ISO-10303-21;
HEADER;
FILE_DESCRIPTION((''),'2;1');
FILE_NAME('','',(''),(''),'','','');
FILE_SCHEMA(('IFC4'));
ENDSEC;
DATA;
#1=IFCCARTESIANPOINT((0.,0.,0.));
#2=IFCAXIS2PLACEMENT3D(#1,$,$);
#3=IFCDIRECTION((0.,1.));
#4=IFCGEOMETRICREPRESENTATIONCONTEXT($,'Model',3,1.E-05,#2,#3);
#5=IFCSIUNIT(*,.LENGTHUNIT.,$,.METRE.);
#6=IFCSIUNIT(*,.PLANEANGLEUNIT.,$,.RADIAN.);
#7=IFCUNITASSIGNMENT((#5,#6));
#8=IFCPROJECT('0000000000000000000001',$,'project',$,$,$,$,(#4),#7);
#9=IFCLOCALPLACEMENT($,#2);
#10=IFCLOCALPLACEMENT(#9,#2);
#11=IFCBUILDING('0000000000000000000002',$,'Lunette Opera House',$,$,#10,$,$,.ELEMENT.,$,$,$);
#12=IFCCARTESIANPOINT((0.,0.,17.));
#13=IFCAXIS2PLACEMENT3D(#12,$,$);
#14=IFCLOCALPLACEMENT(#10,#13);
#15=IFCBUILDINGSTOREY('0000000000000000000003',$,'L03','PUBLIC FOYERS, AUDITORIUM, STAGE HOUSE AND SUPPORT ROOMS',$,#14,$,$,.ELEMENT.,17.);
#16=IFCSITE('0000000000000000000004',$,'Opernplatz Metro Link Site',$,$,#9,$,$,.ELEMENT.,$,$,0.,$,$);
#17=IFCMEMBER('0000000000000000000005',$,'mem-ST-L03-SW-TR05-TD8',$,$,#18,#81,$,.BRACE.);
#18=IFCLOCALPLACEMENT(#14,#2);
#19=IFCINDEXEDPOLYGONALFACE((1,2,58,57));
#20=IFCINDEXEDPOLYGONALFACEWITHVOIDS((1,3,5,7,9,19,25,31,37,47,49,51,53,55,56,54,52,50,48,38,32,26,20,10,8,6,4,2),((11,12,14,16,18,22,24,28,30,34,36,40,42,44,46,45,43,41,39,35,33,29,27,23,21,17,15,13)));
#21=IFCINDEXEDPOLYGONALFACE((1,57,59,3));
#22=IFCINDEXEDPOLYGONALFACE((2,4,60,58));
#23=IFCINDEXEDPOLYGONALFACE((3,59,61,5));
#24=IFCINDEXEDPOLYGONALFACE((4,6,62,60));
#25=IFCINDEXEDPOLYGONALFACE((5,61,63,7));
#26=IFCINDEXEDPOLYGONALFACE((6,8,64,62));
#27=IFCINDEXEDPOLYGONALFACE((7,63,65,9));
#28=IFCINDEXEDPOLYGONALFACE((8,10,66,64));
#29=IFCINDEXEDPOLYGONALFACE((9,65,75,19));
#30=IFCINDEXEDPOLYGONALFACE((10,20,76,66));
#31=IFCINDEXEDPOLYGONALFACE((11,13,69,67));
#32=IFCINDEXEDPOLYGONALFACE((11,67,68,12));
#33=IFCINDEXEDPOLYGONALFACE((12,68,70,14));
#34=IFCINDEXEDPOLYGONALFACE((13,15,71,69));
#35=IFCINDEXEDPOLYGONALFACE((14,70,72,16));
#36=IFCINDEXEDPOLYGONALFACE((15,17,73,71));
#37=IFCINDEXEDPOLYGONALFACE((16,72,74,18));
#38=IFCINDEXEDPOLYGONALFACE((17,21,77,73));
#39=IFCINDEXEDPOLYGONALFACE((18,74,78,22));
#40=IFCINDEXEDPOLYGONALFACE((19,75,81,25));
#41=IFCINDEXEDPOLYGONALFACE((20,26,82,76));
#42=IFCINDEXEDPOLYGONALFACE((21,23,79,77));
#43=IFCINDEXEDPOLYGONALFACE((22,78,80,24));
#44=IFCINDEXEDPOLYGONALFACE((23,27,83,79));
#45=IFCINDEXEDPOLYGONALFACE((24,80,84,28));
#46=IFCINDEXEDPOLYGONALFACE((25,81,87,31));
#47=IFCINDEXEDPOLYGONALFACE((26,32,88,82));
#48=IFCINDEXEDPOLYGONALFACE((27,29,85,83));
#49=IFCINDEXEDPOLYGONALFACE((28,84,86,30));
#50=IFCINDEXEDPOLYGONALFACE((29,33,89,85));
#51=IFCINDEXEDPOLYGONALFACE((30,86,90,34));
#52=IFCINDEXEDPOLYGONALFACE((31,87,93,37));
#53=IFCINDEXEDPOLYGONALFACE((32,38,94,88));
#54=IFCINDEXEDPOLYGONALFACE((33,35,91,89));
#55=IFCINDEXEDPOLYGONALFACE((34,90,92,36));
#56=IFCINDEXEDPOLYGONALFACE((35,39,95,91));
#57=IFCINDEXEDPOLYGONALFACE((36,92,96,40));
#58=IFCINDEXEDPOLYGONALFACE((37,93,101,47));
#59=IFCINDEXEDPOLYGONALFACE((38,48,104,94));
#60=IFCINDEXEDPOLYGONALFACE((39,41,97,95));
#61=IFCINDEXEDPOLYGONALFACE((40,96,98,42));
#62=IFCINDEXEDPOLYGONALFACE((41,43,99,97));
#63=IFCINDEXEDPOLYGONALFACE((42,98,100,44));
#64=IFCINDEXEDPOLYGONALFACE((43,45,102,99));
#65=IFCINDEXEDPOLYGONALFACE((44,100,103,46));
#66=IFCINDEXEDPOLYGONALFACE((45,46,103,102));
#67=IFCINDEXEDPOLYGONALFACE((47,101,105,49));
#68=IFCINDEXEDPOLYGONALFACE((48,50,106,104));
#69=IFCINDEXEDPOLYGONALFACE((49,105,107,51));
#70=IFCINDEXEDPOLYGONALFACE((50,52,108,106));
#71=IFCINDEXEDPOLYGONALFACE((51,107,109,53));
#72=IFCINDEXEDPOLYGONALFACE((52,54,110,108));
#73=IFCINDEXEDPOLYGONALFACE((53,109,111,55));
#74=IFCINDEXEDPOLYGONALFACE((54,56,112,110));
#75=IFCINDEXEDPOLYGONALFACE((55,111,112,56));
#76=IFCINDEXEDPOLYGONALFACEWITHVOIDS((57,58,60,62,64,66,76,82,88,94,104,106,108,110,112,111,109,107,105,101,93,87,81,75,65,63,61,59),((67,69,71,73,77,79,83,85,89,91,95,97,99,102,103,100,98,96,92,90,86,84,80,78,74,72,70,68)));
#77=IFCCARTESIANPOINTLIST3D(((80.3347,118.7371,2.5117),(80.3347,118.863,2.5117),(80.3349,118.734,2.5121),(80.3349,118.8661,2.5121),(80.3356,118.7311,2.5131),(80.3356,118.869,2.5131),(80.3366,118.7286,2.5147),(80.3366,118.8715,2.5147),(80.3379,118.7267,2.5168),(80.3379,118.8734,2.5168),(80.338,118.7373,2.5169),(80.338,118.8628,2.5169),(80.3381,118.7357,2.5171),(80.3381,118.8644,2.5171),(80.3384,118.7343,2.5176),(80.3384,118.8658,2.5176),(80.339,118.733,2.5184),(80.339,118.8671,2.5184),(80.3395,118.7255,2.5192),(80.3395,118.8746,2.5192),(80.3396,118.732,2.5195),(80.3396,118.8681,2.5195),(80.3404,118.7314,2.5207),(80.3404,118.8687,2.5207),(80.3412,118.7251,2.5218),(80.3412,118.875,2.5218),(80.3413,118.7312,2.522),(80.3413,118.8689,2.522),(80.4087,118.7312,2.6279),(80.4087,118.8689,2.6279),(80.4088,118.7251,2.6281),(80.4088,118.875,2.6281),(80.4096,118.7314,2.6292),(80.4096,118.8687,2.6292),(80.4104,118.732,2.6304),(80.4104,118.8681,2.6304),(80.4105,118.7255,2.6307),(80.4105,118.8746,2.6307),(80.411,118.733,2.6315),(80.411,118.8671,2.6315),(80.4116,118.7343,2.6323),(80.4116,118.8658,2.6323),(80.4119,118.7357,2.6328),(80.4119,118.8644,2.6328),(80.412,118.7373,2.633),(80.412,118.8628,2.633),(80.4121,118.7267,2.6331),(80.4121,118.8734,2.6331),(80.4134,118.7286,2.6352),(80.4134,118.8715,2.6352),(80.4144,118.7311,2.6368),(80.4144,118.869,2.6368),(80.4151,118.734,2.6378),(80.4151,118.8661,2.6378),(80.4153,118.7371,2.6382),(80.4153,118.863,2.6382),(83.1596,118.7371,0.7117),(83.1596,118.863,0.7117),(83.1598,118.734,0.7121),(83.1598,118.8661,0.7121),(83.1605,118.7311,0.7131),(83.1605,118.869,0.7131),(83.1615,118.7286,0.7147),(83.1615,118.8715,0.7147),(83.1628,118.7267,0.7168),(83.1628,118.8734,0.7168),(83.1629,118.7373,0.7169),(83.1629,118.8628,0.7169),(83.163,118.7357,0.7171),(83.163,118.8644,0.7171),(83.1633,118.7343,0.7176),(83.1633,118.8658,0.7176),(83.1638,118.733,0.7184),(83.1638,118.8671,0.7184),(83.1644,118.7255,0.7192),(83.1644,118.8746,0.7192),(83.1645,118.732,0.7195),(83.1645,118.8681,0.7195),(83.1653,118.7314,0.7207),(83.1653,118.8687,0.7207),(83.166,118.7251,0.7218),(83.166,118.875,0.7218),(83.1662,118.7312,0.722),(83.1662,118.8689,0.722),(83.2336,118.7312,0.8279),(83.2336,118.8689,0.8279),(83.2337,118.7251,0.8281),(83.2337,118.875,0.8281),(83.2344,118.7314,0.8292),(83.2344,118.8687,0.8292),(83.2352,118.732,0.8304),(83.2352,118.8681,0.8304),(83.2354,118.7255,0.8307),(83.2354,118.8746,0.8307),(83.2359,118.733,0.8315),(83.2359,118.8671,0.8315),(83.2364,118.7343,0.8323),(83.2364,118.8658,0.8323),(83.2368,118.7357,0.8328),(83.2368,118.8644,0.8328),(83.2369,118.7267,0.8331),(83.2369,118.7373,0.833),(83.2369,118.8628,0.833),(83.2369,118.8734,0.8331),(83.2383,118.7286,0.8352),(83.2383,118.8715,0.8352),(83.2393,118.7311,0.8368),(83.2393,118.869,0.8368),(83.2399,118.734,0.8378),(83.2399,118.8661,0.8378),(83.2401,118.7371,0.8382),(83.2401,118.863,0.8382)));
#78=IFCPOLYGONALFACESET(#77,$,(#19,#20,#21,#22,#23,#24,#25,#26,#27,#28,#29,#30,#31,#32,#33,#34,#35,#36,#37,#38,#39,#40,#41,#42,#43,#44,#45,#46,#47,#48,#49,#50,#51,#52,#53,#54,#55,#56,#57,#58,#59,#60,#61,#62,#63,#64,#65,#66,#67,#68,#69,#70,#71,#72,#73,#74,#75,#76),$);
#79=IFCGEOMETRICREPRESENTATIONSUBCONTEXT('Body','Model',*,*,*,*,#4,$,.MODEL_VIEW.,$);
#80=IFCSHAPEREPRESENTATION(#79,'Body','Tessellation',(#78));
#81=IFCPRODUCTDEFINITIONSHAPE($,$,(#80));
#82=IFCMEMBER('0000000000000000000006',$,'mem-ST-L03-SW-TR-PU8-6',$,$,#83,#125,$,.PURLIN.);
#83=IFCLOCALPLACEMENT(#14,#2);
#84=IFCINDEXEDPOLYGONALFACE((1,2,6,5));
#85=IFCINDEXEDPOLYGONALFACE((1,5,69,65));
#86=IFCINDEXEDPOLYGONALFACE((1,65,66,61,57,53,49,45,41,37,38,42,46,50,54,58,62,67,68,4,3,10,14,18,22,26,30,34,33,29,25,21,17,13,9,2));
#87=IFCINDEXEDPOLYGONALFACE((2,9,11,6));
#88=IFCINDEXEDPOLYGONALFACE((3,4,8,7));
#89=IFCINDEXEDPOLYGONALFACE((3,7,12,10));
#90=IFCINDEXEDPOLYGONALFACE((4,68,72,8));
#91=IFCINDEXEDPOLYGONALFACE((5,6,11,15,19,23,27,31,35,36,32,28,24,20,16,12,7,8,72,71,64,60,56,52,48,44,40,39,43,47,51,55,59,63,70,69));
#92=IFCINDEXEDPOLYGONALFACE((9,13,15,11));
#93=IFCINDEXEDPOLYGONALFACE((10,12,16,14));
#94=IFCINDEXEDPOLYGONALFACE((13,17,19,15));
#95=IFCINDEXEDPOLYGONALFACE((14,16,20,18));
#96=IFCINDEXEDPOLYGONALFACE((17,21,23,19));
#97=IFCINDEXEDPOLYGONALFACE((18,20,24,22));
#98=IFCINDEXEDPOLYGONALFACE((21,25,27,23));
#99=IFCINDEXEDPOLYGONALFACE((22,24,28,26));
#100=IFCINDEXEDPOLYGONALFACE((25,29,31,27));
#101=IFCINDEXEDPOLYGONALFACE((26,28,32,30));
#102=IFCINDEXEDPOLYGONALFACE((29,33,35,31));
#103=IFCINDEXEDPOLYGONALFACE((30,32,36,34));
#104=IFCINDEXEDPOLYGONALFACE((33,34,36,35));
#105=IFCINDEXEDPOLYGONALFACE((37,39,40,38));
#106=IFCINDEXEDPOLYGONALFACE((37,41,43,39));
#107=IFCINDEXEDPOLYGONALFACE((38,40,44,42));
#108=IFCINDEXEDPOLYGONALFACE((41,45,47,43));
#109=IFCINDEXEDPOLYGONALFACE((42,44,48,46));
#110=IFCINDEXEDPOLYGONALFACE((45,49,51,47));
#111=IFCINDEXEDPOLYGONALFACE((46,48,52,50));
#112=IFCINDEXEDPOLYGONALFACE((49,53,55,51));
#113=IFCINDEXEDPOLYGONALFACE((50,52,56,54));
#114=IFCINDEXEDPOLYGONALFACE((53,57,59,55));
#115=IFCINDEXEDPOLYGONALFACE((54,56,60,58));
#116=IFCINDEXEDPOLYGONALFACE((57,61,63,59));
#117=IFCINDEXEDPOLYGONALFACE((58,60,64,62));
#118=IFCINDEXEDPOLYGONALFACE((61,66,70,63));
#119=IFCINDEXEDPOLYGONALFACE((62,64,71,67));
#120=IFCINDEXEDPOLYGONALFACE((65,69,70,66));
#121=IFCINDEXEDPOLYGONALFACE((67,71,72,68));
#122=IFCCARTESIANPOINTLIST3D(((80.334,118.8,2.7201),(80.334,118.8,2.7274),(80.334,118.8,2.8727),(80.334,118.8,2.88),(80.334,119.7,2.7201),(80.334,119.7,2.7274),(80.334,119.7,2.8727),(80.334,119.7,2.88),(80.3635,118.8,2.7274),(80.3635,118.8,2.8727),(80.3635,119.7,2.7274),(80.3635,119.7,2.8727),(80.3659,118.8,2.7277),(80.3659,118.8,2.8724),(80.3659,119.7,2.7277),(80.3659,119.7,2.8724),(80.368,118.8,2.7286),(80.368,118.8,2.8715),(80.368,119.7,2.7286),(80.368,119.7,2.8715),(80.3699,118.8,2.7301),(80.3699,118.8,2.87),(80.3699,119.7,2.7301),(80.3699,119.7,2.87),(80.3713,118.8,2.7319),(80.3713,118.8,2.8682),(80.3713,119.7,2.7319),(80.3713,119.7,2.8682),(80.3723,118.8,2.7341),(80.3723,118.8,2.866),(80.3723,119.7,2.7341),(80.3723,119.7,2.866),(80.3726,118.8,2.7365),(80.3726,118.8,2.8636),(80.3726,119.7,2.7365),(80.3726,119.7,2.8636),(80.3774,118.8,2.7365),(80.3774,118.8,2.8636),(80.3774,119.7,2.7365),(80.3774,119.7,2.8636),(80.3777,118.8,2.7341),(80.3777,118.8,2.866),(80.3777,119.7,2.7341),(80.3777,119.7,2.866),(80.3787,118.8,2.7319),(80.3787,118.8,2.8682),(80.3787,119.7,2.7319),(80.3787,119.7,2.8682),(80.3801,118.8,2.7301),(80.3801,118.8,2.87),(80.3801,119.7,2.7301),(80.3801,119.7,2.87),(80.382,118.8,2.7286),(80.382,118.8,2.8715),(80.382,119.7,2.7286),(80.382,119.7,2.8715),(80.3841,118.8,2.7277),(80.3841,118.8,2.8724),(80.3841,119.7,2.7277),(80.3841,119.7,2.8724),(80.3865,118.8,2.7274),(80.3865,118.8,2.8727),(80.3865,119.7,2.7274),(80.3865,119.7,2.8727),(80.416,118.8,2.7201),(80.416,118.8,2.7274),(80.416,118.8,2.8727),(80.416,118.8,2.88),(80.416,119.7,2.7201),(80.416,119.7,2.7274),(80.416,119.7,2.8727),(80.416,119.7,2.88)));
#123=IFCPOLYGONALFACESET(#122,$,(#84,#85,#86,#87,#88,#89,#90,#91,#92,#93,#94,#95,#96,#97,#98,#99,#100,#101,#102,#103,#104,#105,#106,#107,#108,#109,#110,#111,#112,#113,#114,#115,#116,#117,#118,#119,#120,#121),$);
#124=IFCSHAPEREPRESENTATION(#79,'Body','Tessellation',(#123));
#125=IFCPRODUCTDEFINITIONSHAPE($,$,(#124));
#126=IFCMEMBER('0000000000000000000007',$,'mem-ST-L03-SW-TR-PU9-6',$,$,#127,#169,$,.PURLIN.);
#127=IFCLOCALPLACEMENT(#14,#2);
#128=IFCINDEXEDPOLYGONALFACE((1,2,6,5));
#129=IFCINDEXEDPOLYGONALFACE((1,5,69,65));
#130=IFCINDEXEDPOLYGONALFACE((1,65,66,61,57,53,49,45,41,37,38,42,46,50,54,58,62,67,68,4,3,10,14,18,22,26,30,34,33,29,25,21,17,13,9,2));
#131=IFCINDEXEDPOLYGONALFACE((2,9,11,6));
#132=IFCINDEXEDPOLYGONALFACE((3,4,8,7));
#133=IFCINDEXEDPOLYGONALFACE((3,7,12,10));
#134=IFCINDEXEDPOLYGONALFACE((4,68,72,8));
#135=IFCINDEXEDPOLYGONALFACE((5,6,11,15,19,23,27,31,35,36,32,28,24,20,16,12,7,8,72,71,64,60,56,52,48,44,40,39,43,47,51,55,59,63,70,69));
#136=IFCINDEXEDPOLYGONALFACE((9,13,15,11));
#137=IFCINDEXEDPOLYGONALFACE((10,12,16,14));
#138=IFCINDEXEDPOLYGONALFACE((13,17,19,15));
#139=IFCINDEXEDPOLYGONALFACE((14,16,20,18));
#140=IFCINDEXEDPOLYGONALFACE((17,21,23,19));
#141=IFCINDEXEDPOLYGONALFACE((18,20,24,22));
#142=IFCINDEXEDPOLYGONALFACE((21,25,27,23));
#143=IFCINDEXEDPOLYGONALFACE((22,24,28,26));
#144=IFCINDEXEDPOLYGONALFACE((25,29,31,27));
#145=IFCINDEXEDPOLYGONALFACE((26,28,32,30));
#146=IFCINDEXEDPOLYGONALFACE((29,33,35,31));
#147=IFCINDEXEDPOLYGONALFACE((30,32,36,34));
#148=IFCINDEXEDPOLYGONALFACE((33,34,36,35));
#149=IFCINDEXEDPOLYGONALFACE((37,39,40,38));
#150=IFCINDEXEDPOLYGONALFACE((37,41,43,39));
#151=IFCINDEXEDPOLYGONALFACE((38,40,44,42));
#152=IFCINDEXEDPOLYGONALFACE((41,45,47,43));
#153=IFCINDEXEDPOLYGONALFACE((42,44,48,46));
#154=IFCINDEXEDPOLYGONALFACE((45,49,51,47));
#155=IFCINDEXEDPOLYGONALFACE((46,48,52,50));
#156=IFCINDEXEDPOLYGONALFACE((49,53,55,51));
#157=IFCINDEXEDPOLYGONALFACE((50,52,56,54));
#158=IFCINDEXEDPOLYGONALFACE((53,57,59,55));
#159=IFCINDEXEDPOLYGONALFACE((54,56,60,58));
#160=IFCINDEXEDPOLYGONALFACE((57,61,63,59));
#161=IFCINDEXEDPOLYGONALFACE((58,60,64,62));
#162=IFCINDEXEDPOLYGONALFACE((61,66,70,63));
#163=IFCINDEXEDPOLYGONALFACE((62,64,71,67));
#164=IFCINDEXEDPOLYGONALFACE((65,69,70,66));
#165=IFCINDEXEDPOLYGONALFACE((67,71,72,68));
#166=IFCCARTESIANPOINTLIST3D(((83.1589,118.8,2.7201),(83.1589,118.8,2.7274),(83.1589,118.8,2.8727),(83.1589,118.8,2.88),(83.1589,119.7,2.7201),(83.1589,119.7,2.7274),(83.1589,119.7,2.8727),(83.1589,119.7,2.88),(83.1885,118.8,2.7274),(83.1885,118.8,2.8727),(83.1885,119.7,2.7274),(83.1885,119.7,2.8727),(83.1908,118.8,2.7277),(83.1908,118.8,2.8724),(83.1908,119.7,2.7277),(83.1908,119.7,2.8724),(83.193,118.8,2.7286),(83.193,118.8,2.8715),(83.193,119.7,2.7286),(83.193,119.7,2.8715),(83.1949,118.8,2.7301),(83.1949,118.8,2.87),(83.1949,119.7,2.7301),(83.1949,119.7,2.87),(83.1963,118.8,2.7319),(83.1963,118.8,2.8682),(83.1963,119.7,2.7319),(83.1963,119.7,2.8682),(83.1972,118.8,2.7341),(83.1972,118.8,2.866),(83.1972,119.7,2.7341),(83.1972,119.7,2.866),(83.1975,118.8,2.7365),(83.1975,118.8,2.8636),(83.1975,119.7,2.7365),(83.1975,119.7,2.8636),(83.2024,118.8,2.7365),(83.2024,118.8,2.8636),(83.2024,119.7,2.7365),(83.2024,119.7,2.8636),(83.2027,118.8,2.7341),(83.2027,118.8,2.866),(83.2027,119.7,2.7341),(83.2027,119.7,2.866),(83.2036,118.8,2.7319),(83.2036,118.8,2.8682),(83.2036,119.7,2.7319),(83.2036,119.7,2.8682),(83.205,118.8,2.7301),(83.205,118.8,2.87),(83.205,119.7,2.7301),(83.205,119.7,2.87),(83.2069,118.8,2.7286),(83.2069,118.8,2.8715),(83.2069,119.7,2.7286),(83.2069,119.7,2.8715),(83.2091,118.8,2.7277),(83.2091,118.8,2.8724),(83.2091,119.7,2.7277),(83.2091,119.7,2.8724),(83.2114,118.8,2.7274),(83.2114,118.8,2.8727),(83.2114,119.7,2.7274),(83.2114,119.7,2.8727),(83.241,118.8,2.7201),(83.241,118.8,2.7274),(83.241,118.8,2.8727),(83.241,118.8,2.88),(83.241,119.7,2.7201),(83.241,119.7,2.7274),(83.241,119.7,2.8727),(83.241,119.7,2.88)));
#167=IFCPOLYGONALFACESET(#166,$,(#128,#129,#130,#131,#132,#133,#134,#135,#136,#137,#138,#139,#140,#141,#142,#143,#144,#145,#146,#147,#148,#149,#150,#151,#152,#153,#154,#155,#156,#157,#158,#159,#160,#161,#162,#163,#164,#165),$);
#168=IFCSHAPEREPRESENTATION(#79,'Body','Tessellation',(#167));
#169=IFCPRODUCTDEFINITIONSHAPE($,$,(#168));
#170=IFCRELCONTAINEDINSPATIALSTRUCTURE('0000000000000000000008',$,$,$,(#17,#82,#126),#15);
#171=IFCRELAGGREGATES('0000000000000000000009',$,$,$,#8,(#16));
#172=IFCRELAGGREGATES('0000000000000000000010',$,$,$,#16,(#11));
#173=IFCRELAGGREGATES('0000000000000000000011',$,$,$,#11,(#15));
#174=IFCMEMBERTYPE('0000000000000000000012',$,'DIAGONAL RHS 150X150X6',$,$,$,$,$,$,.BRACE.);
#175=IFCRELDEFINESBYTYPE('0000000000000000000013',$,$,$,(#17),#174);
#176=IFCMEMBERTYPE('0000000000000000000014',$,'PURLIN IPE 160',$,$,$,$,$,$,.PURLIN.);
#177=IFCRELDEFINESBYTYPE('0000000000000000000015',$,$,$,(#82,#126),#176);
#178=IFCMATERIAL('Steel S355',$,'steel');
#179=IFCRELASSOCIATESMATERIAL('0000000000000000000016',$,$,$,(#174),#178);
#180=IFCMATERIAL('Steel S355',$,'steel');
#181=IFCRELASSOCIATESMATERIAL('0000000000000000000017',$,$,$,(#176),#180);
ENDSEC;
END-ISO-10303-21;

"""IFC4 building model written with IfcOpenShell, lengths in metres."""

from ifc_helpers import new_model, si_unit, direction, frame, origin, origin_2d, place, context, subcontext, project, spatial, hollow_rectangle, i_section, extrude, material, material_profile, profile_set, type_object, element, save


model = new_model("IFC4")

# Units and contexts
model_context = context("Model", 3, precision=1e-05, world=origin(), true_north=direction((0.0, 1.0)))
body_context = subcontext(model_context, "Body", "Model", "MODEL_VIEW")
ifc_project = project(units=[si_unit("LENGTHUNIT", "METRE"), si_unit("PLANEANGLEUNIT", "RADIAN")], contexts=[model_context])

# Site, building, storey
site_placement = place(None, origin())
site = spatial("IfcSite", under=ifc_project, at=site_placement, Name="Opernplatz Metro Link Site", CompositionType="ELEMENT", RefElevation=0.0)
building_placement = place(site_placement, origin())
building = spatial("IfcBuilding", under=site, at=building_placement, Name="Lunette Opera House", CompositionType="ELEMENT")
storey_placement = place(building_placement, frame((0.0, 0.0, 17.0)))
storey = spatial("IfcBuildingStorey", under=building, at=storey_placement, Name="L03", Description="PUBLIC FOYERS, AUDITORIUM, STAGE HOUSE AND SUPPORT ROOMS", CompositionType="ELEMENT", Elevation=17.0)

# Members
ifc_material_1 = material(Name="Steel S355", Category="steel")
ifc_material_profile_1 = material_profile(ifc_material_1, hollow_rectangle(XDim=0.1499, YDim=0.1499, WallThickness=0.0061, InnerFilletRadius=0.0061, OuterFilletRadius=0.012, at=origin_2d()), Name="RHS 150X150X6")
ifc_profile_set_1 = profile_set([ifc_material_profile_1], Name="Steel S355")
member_type_1 = type_object("IfcMemberType", Name="DIAGONAL RHS 150X150X6", PredefinedType="BRACE", material=ifc_profile_set_1)
member_placement = place(storey_placement, frame((80.375, 118.8, 2.575), z_axis=(0.843343, 0.0, -0.537375), x_axis=(0.0, 1.0, 0.0)))
element("IfcMember", 1, at=member_placement, inside=storey, type_object=member_type_1, Name="mem-ST-L03-SW-TR05-TD8", PredefinedType="BRACE", context=body_context, shape_type="SweptSolid", body=[
    extrude(hollow_rectangle(XDim=0.1499, YDim=0.1499, WallThickness=0.0061, InnerFilletRadius=0.0061, OuterFilletRadius=0.012, at=origin_2d()), origin(), (0.0, 0.0, 1.0), 3.3496),
])
ifc_material_2 = material(Name="Steel S355", Category="steel")
ifc_material_profile_2 = material_profile(ifc_material_2, i_section(OverallWidth=0.082, OverallDepth=0.1599, WebThickness=0.0049, FlangeThickness=0.0073, FilletRadius=0.009, at=origin_2d()), Name="IPE 160")
ifc_profile_set_2 = profile_set([ifc_material_profile_2], Name="Steel S355")
member_type_2 = type_object("IfcMemberType", Name="PURLIN IPE 160", PredefinedType="PURLIN", material=ifc_profile_set_2)
for number, where, z_axis, x_axis, name in (
    (2, (80.375, 118.8, 2.8), (0.0, 1.0, 0.0), (-1.0, 0.0, 0.0), "mem-ST-L03-SW-TR-PU8-6"),
    (3, (83.2, 118.8, 2.8), (0.0, 1.0, 0.0), (-1.0, 0.0, 0.0), "mem-ST-L03-SW-TR-PU9-6"),
):
    element("IfcMember", number, at=place(storey_placement, frame(where, z_axis=z_axis, x_axis=x_axis)), inside=storey, type_object=member_type_2, Name=name, PredefinedType="PURLIN", context=body_context, shape_type="SweptSolid", body=[
        extrude(i_section(OverallWidth=0.082, OverallDepth=0.1599, WebThickness=0.0049, FlangeThickness=0.0073, FilletRadius=0.009, at=origin_2d()), origin(), (0.0, 0.0, 1.0), 0.8999),
    ])

save(model, "model.ifc")
